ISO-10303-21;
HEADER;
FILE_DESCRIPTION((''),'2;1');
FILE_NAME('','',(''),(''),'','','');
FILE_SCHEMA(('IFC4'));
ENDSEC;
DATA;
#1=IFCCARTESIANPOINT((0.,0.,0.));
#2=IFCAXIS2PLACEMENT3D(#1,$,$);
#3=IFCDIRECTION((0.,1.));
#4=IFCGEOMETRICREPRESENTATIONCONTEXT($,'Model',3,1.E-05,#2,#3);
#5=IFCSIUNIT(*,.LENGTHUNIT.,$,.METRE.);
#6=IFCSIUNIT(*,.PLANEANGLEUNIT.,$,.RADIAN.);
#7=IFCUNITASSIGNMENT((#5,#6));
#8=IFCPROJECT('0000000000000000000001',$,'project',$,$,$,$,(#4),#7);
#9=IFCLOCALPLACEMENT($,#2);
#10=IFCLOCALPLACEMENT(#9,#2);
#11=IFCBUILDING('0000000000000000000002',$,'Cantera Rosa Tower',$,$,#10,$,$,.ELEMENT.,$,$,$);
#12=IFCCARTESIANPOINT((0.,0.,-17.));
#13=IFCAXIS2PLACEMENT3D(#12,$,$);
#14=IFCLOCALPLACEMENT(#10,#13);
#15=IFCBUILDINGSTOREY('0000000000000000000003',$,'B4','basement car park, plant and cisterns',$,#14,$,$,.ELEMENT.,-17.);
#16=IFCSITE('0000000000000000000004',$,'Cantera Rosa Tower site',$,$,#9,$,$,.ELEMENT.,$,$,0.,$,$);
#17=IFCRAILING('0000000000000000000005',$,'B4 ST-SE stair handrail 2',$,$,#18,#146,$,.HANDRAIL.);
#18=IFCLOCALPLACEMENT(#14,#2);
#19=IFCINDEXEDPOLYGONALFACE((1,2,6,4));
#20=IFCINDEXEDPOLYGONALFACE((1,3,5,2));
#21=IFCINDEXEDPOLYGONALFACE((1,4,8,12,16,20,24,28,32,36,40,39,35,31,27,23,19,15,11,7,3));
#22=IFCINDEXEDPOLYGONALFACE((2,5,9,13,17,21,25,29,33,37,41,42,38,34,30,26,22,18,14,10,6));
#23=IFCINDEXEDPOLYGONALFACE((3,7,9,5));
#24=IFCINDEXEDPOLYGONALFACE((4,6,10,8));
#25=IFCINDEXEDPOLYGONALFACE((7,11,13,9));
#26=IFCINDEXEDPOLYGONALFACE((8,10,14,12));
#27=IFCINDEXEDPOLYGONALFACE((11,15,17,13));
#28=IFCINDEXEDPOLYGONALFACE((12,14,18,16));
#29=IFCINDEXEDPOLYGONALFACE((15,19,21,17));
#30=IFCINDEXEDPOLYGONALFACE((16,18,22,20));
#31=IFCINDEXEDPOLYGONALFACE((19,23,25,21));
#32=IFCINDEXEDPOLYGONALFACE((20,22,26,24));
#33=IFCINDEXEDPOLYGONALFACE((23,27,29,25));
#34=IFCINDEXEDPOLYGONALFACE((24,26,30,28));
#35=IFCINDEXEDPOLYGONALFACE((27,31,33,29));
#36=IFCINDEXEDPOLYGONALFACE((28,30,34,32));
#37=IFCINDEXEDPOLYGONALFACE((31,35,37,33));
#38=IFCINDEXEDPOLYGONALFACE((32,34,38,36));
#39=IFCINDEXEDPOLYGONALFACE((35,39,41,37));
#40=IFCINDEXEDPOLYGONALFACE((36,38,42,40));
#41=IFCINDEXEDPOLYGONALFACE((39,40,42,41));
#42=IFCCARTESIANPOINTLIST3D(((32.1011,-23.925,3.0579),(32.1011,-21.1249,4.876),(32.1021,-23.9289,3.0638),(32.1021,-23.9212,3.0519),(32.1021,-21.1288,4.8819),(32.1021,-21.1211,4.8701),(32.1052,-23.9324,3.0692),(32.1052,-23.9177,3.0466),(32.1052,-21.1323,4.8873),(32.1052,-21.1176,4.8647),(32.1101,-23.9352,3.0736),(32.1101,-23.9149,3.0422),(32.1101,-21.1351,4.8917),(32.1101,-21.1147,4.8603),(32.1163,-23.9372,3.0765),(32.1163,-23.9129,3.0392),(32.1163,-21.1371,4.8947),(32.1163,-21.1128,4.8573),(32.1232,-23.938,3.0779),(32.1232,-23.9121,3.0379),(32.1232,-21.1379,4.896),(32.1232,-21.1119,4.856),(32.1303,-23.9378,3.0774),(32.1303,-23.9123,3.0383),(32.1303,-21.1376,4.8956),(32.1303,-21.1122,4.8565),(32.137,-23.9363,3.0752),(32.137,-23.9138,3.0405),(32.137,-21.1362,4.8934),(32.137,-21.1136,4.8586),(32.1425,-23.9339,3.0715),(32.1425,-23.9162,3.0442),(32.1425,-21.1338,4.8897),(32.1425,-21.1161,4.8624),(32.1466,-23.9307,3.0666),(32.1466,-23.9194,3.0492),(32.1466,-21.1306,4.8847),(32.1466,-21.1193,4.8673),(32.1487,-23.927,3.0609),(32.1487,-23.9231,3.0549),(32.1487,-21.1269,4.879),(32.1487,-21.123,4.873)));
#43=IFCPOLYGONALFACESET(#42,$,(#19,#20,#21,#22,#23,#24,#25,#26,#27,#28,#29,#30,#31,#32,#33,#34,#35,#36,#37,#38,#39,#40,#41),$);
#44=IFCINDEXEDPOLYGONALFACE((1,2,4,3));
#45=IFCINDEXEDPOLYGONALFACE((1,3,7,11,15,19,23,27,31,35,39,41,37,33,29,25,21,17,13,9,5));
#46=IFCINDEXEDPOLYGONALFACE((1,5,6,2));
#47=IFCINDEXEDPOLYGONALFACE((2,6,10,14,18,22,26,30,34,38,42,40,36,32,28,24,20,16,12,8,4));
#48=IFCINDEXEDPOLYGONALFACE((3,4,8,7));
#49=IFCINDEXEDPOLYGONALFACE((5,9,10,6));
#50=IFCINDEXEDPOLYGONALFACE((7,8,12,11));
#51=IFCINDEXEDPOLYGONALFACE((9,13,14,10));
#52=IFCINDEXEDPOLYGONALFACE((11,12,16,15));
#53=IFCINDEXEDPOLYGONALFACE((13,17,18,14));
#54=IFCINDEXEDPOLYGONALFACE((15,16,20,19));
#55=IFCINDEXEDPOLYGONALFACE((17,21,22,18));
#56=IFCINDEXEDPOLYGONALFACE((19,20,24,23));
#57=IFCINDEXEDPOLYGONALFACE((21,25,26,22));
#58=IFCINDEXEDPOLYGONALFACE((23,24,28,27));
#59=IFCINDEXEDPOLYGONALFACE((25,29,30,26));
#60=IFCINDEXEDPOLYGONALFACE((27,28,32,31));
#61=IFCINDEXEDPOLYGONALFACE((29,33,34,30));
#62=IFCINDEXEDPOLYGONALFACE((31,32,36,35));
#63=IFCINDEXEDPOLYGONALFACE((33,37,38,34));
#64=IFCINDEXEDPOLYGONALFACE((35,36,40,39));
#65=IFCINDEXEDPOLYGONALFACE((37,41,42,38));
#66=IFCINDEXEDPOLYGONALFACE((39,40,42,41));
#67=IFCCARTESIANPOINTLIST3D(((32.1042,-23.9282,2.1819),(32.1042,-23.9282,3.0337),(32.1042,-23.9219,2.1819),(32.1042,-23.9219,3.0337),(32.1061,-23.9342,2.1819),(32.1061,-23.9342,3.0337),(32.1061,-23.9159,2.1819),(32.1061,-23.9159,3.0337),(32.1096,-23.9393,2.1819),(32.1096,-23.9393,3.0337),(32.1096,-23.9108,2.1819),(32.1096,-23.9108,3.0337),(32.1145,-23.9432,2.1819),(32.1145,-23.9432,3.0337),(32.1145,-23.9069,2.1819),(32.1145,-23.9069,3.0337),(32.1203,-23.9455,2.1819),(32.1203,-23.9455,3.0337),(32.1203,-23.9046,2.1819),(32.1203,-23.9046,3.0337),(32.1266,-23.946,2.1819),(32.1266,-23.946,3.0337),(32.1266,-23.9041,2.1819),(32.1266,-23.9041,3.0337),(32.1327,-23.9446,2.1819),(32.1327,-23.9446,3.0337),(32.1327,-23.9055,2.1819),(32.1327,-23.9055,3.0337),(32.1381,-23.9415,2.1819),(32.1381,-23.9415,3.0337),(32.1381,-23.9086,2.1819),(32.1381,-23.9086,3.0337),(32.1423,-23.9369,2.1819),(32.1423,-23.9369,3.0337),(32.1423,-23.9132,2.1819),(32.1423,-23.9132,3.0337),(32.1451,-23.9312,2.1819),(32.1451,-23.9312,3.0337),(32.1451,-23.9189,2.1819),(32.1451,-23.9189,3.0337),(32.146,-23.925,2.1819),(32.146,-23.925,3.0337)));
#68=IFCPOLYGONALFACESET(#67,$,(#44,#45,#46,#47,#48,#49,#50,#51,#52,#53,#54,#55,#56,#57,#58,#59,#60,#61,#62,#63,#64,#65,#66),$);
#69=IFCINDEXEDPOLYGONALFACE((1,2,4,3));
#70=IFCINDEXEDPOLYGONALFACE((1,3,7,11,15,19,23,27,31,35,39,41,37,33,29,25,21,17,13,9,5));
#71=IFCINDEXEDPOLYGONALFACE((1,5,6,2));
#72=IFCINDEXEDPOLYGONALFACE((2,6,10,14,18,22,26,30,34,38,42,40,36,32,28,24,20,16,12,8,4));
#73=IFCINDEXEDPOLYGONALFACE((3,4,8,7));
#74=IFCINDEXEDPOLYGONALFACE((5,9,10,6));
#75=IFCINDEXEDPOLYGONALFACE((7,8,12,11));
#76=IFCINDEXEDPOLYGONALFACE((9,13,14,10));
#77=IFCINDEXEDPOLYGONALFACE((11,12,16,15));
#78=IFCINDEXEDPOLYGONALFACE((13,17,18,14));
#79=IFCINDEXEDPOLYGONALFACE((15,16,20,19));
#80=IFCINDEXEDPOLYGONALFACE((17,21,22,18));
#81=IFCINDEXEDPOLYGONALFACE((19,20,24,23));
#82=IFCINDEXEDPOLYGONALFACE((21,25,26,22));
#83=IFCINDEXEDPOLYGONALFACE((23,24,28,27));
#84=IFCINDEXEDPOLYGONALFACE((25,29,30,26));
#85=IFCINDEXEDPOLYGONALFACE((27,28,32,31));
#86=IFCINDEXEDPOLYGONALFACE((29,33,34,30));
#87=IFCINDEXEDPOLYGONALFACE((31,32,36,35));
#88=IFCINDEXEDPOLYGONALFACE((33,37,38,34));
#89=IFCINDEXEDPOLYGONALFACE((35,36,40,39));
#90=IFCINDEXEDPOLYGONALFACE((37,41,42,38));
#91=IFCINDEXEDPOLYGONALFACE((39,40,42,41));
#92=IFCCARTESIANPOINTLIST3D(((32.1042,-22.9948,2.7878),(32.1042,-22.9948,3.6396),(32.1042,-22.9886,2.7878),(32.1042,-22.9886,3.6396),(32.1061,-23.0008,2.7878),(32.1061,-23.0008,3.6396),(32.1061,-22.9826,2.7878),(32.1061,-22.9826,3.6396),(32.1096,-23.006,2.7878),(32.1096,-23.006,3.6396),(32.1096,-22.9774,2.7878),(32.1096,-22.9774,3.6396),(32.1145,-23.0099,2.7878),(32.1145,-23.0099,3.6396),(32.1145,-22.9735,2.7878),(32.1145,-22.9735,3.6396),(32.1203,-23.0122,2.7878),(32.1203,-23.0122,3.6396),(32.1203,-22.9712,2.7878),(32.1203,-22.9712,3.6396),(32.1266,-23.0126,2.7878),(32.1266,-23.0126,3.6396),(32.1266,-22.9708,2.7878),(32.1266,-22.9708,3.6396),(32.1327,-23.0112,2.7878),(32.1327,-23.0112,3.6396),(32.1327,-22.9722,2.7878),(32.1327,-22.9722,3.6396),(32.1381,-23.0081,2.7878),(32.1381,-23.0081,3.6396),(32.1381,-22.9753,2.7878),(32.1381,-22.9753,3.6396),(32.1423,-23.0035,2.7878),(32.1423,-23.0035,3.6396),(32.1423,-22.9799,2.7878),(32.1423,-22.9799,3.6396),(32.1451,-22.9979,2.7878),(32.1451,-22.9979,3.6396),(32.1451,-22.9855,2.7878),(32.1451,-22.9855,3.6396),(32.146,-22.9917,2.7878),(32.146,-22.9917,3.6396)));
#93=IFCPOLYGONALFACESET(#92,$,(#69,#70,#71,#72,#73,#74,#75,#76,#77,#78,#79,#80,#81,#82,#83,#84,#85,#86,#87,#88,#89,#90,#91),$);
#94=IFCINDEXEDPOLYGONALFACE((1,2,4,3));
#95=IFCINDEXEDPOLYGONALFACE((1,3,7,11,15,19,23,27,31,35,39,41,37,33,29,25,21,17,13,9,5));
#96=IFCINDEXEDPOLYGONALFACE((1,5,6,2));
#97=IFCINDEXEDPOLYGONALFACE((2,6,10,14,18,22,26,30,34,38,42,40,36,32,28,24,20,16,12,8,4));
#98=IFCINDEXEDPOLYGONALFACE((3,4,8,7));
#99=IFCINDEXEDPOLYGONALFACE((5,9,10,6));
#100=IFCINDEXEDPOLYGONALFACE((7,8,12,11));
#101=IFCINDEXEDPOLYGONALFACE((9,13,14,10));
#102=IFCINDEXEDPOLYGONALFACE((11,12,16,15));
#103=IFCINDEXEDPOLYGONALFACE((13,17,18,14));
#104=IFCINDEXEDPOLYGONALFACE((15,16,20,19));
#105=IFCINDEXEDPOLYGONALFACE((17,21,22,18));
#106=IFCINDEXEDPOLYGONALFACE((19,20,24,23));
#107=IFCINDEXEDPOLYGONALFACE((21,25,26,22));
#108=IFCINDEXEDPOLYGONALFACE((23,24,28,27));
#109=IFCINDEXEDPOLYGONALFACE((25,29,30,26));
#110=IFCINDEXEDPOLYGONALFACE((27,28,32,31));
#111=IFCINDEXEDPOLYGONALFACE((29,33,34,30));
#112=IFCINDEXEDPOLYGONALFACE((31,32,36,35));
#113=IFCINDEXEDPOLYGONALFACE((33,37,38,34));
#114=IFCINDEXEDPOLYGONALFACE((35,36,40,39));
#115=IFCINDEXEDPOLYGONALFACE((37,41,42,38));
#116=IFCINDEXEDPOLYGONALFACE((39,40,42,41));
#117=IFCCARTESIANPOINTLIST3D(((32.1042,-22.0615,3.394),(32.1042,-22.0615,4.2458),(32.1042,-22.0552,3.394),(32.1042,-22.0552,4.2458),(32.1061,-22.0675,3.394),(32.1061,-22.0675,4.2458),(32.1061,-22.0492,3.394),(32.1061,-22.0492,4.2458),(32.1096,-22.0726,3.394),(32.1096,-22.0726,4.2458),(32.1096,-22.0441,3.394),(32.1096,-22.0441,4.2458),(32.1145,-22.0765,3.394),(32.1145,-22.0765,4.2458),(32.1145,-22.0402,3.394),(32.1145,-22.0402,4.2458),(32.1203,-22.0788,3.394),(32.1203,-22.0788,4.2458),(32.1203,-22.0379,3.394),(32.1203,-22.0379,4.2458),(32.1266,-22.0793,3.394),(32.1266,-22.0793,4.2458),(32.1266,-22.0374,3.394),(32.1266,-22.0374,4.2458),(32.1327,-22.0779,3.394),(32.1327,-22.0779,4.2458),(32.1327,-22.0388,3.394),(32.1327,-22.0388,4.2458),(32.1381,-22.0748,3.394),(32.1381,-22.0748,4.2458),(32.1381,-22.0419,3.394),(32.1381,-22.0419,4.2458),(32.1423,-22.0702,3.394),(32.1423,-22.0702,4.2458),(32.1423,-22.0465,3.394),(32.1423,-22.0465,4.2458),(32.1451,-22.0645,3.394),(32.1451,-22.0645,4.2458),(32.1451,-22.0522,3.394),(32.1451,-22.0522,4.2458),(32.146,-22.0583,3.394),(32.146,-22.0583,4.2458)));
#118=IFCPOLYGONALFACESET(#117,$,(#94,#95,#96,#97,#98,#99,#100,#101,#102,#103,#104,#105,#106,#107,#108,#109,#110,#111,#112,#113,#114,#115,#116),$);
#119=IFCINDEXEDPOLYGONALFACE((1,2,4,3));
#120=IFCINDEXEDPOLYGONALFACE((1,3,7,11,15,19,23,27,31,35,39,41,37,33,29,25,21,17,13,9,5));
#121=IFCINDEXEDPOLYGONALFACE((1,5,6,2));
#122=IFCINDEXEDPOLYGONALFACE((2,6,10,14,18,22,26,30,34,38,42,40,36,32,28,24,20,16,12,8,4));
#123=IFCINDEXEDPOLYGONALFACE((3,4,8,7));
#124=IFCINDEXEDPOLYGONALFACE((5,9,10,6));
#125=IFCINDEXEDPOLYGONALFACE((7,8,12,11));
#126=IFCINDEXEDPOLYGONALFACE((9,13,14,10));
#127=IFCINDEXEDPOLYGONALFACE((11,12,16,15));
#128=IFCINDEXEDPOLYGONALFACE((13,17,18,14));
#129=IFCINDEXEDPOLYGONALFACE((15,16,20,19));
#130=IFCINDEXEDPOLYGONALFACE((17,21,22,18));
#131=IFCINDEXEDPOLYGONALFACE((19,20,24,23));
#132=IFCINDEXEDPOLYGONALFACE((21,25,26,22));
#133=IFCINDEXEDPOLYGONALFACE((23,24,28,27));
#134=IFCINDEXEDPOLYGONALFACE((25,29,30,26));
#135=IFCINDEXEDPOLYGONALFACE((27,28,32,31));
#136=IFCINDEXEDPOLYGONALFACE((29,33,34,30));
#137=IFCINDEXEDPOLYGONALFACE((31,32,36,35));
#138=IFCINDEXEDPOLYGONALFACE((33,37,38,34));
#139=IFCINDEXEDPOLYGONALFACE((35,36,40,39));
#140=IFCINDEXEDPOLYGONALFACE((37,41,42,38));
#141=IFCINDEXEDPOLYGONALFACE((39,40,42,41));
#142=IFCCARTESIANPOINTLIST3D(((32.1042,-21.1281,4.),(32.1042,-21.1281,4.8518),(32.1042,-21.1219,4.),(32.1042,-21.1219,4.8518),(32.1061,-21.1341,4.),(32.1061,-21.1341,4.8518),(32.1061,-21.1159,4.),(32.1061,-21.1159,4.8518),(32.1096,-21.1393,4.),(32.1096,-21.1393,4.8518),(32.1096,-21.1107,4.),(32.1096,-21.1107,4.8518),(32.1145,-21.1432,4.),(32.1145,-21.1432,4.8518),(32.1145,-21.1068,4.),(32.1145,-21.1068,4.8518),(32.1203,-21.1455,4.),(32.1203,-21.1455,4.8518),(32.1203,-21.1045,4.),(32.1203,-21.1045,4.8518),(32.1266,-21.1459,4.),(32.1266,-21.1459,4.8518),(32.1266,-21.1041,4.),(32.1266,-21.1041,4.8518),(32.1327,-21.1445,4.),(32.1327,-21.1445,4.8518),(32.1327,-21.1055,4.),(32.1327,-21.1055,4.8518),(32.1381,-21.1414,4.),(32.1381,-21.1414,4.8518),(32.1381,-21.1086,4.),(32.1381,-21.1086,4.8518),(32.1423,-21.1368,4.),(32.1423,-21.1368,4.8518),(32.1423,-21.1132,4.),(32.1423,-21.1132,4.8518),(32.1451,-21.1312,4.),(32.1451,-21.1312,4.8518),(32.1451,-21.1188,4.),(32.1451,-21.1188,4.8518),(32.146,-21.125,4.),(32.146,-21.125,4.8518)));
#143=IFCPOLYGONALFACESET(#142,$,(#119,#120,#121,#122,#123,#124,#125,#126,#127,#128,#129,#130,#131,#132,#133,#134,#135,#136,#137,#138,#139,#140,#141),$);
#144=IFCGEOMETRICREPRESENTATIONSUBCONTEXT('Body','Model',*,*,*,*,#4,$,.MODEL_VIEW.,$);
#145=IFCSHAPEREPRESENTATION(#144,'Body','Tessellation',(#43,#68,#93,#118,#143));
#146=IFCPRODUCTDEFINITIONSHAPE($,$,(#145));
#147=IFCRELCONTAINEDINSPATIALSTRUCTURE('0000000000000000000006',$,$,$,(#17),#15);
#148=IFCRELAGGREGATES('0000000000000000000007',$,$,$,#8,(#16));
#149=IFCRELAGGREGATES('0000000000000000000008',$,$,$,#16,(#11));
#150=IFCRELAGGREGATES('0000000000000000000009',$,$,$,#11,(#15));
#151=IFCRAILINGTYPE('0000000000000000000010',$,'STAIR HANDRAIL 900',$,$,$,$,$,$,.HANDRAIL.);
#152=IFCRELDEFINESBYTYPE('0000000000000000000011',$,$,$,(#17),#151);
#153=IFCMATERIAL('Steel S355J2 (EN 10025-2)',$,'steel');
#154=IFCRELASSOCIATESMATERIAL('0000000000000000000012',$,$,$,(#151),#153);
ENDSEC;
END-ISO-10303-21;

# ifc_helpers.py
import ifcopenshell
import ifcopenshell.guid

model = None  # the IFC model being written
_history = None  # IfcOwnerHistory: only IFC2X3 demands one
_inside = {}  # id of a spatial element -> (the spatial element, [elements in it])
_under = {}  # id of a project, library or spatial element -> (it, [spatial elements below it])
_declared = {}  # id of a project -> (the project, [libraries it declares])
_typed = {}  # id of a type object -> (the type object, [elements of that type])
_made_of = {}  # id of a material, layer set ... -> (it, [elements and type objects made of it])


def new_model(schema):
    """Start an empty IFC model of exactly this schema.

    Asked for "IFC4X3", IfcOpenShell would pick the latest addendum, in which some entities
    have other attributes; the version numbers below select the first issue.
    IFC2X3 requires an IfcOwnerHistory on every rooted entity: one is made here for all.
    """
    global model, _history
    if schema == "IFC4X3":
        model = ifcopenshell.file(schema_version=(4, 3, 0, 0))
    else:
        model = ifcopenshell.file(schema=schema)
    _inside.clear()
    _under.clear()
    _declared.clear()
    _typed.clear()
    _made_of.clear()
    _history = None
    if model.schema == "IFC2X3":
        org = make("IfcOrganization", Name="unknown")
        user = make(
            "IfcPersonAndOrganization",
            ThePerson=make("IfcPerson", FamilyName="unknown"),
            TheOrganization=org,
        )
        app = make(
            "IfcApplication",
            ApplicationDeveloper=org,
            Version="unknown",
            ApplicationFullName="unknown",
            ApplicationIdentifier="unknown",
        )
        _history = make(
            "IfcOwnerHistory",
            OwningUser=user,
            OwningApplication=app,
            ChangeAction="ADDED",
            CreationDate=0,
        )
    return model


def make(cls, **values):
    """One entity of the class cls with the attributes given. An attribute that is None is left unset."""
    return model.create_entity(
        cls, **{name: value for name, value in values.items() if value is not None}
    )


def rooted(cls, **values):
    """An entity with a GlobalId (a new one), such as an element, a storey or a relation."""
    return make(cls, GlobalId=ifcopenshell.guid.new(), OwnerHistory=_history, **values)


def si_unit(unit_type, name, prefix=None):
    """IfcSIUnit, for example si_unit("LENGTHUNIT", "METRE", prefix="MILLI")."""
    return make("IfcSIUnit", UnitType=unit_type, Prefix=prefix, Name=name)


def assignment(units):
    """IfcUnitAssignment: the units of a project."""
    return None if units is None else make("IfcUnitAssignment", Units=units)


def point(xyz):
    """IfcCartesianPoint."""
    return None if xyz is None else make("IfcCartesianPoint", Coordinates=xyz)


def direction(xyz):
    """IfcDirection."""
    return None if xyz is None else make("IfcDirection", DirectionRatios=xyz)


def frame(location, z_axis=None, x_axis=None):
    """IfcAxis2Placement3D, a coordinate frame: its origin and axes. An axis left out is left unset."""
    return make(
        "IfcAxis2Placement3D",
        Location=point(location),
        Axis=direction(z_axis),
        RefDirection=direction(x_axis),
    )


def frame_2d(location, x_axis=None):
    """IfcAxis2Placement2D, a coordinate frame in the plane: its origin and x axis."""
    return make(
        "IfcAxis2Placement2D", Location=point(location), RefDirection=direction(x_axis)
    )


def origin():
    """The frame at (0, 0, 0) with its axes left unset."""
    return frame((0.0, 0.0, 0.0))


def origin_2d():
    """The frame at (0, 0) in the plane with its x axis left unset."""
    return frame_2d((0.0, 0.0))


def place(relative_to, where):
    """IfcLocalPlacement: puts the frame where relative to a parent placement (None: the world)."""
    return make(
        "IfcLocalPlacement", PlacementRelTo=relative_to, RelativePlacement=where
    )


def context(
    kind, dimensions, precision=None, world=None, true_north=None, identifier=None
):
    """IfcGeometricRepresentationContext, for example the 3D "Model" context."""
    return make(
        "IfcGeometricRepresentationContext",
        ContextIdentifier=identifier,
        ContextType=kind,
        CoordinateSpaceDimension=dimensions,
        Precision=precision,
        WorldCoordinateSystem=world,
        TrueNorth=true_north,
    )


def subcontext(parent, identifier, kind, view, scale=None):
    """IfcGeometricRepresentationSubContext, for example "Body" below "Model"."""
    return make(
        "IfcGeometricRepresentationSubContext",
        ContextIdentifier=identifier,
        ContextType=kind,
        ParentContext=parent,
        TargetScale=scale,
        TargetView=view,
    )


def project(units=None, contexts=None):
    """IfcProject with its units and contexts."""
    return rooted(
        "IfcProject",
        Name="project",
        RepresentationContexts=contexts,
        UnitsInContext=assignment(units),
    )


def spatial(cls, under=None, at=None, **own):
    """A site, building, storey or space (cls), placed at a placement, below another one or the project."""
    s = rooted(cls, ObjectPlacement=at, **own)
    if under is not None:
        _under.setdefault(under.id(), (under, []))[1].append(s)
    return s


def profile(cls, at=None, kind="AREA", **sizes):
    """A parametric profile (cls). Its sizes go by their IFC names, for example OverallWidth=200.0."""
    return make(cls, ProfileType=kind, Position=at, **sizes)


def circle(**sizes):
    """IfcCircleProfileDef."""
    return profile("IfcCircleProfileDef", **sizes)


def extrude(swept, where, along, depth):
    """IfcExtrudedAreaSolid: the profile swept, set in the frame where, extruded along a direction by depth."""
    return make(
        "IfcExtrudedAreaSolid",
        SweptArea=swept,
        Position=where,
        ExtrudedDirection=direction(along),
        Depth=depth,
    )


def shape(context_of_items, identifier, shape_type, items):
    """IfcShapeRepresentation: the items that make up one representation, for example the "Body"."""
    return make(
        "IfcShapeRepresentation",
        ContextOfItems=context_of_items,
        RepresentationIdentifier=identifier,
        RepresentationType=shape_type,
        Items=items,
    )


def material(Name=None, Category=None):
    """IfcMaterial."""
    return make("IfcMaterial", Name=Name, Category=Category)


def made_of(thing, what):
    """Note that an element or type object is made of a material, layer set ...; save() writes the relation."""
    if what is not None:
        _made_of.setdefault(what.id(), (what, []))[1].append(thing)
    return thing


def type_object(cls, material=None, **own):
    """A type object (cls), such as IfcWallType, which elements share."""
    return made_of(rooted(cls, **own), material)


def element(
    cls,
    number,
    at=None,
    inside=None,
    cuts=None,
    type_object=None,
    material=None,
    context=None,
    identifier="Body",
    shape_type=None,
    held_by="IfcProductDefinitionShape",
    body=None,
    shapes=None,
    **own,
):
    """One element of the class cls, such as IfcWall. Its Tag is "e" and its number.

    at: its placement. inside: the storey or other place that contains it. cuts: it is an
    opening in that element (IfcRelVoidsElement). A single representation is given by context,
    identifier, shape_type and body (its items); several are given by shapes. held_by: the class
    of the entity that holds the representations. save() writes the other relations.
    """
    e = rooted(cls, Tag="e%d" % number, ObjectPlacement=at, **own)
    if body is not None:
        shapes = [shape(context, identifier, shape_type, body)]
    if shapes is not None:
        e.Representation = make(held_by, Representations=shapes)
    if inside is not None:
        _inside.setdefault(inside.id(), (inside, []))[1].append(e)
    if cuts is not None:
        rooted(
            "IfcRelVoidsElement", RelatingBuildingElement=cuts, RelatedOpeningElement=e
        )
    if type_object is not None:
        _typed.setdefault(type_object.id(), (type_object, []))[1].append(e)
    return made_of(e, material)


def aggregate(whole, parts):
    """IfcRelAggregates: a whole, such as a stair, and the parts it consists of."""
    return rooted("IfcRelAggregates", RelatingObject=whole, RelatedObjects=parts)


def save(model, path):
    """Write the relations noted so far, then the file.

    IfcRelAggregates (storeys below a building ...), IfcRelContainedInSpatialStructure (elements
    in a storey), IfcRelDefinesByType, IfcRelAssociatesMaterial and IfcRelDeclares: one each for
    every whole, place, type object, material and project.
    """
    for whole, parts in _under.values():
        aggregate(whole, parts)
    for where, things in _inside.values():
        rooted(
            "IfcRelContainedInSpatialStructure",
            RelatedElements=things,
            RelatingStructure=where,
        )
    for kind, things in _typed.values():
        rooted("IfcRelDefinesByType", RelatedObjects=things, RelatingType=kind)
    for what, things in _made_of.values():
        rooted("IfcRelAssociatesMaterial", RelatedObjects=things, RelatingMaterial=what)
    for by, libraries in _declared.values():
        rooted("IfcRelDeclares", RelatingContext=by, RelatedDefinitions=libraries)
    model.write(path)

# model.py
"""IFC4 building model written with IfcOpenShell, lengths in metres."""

from ifc_helpers import new_model, si_unit, direction, frame, origin, origin_2d, place, context, subcontext, project, spatial, circle, extrude, material, type_object, element, save


model = new_model("IFC4")

# Units and contexts
model_context = context("Model", 3, precision=1e-05, world=origin(), true_north=direction((0.0, 1.0)))
body_context = subcontext(model_context, "Body", "Model", "MODEL_VIEW")
ifc_project = project(units=[si_unit("LENGTHUNIT", "METRE"), si_unit("PLANEANGLEUNIT", "RADIAN")], contexts=[model_context])

# Site, building, storey
site_placement = place(None, origin())
site = spatial("IfcSite", under=ifc_project, at=site_placement, Name="Cantera Rosa Tower site", CompositionType="ELEMENT", RefElevation=0.0)
building_placement = place(site_placement, origin())
building = spatial("IfcBuilding", under=site, at=building_placement, Name="Cantera Rosa Tower", CompositionType="ELEMENT")
storey_placement = place(building_placement, frame((0.0, 0.0, -17.0)))
storey = spatial("IfcBuildingStorey", under=building, at=storey_placement, Name="B4", Description="basement car park, plant and cisterns", CompositionType="ELEMENT", Elevation=-17.0)

# Railing
ifc_material_1 = material(Name="Steel S355J2 (EN 10025-2)", Category="steel")
railing_type_1 = type_object("IfcRailingType", Name="STAIR HANDRAIL 900", PredefinedType="HANDRAIL", material=ifc_material_1)
railing_1_placement = place(storey_placement, frame((32.125, -23.925, 2.1819)))
element("IfcRailing", 1, at=railing_1_placement, inside=storey, type_object=railing_type_1, Name="B4 ST-SE stair handrail 2", PredefinedType="HANDRAIL", context=body_context, shape_type="SweptSolid", body=[
    extrude(circle(Radius=0.0239, at=origin_2d()), frame((0.0, 0.0, 0.876), z_axis=(0.0, 0.838706, 0.544585), x_axis=(-1.0, 0.0, 0.0)), (0.0, 0.0, 1.0), 3.3386),
    extrude(circle(Radius=0.021, at=origin_2d()), origin(), (0.0, 0.0, 1.0), 0.8518),
    extrude(circle(Radius=0.021, at=origin_2d()), frame((0.0, 0.9333, 0.606)), (0.0, 0.0, 1.0), 0.8518),
    extrude(circle(Radius=0.021, at=origin_2d()), frame((0.0, 1.8667, 1.2122)), (0.0, 0.0, 1.0), 0.8518),
    extrude(circle(Radius=0.021, at=origin_2d()), frame((0.0, 2.8, 1.8181)), (0.0, 0.0, 1.0), 0.8518),
])

save(model, "model.ifc")
